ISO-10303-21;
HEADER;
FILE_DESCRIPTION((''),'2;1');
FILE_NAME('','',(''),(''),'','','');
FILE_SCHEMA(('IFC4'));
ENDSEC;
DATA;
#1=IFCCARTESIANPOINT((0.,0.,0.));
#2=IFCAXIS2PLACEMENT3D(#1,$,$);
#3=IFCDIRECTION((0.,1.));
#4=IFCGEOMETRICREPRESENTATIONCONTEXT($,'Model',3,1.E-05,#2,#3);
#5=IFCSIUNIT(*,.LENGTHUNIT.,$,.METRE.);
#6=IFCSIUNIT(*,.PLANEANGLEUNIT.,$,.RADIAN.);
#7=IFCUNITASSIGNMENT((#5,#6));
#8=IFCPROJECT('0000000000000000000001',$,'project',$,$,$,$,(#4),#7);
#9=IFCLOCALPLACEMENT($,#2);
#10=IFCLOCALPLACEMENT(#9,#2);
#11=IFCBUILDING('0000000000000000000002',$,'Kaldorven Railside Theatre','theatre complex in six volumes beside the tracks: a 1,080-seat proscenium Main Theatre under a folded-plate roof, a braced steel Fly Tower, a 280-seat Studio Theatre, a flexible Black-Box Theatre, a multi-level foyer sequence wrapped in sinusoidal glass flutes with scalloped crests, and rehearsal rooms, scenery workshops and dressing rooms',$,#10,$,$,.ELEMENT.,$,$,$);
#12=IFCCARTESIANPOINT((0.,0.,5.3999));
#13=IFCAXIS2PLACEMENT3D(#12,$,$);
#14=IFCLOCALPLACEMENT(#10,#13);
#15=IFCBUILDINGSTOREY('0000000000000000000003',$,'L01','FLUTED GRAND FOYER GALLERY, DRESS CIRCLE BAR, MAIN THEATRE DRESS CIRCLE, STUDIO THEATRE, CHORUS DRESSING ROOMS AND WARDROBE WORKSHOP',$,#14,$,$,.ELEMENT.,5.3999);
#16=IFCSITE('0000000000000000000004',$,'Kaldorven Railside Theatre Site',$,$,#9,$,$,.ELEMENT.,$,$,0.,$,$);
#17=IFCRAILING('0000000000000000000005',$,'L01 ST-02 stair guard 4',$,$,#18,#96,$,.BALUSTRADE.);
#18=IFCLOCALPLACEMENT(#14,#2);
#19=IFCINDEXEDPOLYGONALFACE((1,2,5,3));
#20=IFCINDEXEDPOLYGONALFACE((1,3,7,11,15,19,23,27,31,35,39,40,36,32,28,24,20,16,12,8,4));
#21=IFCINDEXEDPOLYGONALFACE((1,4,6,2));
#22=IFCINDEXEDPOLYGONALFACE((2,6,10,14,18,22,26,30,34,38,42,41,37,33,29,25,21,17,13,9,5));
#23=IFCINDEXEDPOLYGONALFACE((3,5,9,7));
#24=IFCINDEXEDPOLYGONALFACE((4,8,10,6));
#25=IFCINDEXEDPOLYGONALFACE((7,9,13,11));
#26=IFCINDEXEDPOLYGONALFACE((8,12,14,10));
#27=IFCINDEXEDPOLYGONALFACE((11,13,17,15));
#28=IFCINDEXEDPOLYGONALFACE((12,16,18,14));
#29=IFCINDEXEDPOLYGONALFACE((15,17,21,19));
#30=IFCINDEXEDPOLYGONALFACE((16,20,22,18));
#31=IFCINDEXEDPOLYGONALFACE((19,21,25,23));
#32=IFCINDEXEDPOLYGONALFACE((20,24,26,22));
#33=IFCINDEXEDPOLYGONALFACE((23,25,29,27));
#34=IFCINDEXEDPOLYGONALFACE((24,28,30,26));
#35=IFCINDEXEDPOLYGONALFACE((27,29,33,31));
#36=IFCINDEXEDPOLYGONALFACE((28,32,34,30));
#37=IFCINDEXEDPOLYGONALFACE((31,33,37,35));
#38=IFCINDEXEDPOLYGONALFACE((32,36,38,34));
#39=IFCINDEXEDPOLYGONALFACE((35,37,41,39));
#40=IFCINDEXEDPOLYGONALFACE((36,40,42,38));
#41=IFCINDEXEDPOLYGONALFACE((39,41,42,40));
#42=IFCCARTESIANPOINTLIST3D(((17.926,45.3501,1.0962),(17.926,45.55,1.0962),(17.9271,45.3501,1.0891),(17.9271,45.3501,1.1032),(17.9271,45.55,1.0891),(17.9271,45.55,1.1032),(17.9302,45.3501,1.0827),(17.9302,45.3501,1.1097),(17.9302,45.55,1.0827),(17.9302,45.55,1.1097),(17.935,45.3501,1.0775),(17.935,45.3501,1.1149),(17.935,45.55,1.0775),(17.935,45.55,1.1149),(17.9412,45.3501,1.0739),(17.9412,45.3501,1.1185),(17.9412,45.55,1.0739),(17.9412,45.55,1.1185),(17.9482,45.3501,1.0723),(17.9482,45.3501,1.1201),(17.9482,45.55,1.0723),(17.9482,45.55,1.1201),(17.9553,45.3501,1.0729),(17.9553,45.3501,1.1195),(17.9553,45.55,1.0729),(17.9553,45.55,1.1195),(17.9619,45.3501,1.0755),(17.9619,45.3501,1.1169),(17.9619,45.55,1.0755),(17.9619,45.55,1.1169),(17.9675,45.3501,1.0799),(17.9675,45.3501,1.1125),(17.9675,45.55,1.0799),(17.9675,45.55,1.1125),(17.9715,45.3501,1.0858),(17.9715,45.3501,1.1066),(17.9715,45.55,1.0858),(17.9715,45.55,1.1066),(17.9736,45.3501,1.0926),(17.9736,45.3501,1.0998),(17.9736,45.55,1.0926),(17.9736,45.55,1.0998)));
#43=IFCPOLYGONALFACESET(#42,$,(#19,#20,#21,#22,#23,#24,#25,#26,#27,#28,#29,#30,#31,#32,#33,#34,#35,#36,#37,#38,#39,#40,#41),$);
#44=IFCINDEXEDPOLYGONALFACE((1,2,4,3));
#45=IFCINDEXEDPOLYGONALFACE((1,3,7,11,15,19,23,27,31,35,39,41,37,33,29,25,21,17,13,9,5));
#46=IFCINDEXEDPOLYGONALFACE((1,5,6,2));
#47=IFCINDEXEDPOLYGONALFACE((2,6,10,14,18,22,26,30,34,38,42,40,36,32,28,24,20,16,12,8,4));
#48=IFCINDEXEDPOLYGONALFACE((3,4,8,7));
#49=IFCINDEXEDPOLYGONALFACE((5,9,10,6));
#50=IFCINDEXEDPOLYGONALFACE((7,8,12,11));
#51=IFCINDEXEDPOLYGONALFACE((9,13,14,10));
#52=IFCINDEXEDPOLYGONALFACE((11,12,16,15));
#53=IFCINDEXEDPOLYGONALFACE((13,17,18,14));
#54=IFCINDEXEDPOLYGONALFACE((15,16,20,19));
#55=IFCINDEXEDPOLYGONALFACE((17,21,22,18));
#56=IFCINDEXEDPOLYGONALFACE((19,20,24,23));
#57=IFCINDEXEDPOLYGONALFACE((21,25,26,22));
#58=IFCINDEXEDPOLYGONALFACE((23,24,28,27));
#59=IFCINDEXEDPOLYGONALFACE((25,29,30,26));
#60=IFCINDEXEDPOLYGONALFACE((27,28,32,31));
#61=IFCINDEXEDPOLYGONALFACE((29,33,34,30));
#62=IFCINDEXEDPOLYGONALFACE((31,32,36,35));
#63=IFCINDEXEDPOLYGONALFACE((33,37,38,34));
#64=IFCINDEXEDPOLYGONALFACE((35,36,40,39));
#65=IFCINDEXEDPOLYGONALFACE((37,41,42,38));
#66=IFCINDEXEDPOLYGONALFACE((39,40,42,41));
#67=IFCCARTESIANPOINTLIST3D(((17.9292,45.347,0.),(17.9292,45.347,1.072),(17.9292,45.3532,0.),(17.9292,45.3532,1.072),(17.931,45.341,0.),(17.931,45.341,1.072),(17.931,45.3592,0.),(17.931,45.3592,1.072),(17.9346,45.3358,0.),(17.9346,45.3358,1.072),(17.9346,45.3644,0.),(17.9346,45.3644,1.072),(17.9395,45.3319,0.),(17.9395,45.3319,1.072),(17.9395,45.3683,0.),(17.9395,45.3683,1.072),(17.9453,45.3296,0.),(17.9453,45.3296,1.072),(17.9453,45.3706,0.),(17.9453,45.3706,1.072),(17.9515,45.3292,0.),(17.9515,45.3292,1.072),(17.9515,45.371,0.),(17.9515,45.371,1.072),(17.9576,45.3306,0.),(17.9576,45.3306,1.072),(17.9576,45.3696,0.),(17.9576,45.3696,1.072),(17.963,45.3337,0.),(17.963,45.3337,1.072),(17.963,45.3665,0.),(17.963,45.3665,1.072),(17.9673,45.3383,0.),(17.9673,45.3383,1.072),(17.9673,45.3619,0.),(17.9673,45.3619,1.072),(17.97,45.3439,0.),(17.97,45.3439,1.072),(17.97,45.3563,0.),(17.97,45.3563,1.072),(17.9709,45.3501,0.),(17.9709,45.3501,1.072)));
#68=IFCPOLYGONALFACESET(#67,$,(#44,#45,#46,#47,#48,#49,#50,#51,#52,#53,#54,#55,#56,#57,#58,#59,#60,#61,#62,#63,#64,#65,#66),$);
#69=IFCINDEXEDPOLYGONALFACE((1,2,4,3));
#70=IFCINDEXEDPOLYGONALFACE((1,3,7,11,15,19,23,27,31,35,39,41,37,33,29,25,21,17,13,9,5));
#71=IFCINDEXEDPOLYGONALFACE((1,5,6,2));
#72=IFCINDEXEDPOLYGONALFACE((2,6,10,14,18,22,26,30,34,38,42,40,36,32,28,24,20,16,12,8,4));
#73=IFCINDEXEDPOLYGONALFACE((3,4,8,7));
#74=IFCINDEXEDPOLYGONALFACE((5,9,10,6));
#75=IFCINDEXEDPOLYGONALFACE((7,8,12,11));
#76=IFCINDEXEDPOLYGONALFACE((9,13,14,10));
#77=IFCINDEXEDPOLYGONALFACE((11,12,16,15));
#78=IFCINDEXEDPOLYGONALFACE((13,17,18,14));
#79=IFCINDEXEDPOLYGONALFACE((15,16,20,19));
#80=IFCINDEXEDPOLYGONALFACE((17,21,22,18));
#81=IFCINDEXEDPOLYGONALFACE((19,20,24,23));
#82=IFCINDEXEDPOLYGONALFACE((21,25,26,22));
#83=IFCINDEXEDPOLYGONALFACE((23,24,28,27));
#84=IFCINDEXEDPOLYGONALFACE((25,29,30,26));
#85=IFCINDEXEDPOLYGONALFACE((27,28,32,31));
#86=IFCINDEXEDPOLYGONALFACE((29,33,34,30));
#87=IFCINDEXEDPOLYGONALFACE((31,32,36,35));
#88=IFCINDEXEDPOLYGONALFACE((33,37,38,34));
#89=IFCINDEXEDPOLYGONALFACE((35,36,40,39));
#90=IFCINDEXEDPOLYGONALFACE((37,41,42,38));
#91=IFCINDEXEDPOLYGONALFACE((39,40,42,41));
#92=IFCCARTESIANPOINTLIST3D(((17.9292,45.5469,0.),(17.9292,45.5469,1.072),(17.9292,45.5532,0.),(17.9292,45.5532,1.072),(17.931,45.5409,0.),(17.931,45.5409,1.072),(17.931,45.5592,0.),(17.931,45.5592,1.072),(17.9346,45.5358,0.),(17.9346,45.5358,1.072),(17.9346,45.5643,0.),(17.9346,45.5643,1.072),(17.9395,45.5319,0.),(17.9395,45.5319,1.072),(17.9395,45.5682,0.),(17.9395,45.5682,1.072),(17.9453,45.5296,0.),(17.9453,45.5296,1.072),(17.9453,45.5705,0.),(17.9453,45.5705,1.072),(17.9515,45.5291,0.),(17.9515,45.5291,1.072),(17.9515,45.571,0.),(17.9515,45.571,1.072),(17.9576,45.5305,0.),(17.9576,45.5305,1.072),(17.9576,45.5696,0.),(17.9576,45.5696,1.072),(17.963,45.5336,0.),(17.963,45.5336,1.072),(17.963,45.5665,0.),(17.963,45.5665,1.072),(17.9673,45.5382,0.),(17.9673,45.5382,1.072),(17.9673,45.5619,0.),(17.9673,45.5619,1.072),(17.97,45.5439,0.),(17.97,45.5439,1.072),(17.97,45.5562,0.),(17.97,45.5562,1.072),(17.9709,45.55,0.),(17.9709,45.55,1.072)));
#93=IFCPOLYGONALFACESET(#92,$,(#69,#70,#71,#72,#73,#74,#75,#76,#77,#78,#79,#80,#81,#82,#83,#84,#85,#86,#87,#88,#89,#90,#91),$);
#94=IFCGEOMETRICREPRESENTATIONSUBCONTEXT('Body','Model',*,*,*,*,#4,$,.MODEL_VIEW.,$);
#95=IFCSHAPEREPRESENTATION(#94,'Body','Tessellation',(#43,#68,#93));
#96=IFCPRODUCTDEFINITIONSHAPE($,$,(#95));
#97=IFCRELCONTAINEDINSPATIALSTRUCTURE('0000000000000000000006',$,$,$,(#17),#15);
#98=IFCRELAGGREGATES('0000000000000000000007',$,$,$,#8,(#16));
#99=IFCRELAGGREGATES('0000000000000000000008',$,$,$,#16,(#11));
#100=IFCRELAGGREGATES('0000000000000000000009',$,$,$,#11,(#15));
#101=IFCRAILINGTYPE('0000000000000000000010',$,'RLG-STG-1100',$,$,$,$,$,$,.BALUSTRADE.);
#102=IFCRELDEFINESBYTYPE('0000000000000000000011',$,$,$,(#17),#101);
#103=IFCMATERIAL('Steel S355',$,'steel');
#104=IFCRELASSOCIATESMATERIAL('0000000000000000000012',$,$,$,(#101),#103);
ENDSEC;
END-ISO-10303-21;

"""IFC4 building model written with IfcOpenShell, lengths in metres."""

from ifc_helpers import new_model, si_unit, direction, frame, origin, origin_2d, place, context, subcontext, project, spatial, circle, extrude, material, type_object, element, save


model = new_model("IFC4")

# Units and contexts
model_context = context("Model", 3, precision=1e-05, world=origin(), true_north=direction((0.0, 1.0)))
body_context = subcontext(model_context, "Body", "Model", "MODEL_VIEW")
ifc_project = project(units=[si_unit("LENGTHUNIT", "METRE"), si_unit("PLANEANGLEUNIT", "RADIAN")], contexts=[model_context])

# Site, building, storey
site_placement = place(None, origin())
site = spatial("IfcSite", under=ifc_project, at=site_placement, Name="Kaldorven Railside Theatre Site", CompositionType="ELEMENT", RefElevation=0.0)
building_placement = place(site_placement, origin())
building = spatial("IfcBuilding", under=site, at=building_placement, Name="Kaldorven Railside Theatre", Description="theatre complex in six volumes beside the tracks: a 1,080-seat proscenium Main Theatre under a folded-plate roof, a braced steel Fly Tower, a 280-seat Studio Theatre, a flexible Black-Box Theatre, a multi-level foyer sequence wrapped in sinusoidal glass flutes with scalloped crests, and rehearsal rooms, scenery workshops and dressing rooms", CompositionType="ELEMENT")
storey_placement = place(building_placement, frame((0.0, 0.0, 5.3999)))
storey = spatial("IfcBuildingStorey", under=building, at=storey_placement, Name="L01", Description="FLUTED GRAND FOYER GALLERY, DRESS CIRCLE BAR, MAIN THEATRE DRESS CIRCLE, STUDIO THEATRE, CHORUS DRESSING ROOMS AND WARDROBE WORKSHOP", CompositionType="ELEMENT", Elevation=5.3999)

# Shared definitions
ifc_material_1 = material(Name="Steel S355", Category="steel")

# Railing
railing_type_1 = type_object("IfcRailingType", Name="RLG-STG-1100", PredefinedType="BALUSTRADE", material=ifc_material_1)
railing_1_placement = place(storey_placement, frame((17.95, 45.3501, 0.0)))
element("IfcRailing", 1, at=railing_1_placement, inside=storey, type_object=railing_type_1, Name="L01 ST-02 stair guard 4", PredefinedType="BALUSTRADE", context=body_context, shape_type="SweptSolid", body=[
    extrude(circle(Radius=0.0239, at=origin_2d()), frame((0.0, 0.0, 1.0962), z_axis=(0.0, 1.0, 0.0), x_axis=(-1.0, 0.0, 0.0)), (0.0, 0.0, 1.0), 0.2),
    extrude(circle(Radius=0.021, at=origin_2d()), origin(), (0.0, 0.0, 1.0), 1.072),
    extrude(circle(Radius=0.021, at=origin_2d()), frame((0.0, 0.2, 0.0)), (0.0, 0.0, 1.0), 1.072),
])

save(model, "model.ifc")
